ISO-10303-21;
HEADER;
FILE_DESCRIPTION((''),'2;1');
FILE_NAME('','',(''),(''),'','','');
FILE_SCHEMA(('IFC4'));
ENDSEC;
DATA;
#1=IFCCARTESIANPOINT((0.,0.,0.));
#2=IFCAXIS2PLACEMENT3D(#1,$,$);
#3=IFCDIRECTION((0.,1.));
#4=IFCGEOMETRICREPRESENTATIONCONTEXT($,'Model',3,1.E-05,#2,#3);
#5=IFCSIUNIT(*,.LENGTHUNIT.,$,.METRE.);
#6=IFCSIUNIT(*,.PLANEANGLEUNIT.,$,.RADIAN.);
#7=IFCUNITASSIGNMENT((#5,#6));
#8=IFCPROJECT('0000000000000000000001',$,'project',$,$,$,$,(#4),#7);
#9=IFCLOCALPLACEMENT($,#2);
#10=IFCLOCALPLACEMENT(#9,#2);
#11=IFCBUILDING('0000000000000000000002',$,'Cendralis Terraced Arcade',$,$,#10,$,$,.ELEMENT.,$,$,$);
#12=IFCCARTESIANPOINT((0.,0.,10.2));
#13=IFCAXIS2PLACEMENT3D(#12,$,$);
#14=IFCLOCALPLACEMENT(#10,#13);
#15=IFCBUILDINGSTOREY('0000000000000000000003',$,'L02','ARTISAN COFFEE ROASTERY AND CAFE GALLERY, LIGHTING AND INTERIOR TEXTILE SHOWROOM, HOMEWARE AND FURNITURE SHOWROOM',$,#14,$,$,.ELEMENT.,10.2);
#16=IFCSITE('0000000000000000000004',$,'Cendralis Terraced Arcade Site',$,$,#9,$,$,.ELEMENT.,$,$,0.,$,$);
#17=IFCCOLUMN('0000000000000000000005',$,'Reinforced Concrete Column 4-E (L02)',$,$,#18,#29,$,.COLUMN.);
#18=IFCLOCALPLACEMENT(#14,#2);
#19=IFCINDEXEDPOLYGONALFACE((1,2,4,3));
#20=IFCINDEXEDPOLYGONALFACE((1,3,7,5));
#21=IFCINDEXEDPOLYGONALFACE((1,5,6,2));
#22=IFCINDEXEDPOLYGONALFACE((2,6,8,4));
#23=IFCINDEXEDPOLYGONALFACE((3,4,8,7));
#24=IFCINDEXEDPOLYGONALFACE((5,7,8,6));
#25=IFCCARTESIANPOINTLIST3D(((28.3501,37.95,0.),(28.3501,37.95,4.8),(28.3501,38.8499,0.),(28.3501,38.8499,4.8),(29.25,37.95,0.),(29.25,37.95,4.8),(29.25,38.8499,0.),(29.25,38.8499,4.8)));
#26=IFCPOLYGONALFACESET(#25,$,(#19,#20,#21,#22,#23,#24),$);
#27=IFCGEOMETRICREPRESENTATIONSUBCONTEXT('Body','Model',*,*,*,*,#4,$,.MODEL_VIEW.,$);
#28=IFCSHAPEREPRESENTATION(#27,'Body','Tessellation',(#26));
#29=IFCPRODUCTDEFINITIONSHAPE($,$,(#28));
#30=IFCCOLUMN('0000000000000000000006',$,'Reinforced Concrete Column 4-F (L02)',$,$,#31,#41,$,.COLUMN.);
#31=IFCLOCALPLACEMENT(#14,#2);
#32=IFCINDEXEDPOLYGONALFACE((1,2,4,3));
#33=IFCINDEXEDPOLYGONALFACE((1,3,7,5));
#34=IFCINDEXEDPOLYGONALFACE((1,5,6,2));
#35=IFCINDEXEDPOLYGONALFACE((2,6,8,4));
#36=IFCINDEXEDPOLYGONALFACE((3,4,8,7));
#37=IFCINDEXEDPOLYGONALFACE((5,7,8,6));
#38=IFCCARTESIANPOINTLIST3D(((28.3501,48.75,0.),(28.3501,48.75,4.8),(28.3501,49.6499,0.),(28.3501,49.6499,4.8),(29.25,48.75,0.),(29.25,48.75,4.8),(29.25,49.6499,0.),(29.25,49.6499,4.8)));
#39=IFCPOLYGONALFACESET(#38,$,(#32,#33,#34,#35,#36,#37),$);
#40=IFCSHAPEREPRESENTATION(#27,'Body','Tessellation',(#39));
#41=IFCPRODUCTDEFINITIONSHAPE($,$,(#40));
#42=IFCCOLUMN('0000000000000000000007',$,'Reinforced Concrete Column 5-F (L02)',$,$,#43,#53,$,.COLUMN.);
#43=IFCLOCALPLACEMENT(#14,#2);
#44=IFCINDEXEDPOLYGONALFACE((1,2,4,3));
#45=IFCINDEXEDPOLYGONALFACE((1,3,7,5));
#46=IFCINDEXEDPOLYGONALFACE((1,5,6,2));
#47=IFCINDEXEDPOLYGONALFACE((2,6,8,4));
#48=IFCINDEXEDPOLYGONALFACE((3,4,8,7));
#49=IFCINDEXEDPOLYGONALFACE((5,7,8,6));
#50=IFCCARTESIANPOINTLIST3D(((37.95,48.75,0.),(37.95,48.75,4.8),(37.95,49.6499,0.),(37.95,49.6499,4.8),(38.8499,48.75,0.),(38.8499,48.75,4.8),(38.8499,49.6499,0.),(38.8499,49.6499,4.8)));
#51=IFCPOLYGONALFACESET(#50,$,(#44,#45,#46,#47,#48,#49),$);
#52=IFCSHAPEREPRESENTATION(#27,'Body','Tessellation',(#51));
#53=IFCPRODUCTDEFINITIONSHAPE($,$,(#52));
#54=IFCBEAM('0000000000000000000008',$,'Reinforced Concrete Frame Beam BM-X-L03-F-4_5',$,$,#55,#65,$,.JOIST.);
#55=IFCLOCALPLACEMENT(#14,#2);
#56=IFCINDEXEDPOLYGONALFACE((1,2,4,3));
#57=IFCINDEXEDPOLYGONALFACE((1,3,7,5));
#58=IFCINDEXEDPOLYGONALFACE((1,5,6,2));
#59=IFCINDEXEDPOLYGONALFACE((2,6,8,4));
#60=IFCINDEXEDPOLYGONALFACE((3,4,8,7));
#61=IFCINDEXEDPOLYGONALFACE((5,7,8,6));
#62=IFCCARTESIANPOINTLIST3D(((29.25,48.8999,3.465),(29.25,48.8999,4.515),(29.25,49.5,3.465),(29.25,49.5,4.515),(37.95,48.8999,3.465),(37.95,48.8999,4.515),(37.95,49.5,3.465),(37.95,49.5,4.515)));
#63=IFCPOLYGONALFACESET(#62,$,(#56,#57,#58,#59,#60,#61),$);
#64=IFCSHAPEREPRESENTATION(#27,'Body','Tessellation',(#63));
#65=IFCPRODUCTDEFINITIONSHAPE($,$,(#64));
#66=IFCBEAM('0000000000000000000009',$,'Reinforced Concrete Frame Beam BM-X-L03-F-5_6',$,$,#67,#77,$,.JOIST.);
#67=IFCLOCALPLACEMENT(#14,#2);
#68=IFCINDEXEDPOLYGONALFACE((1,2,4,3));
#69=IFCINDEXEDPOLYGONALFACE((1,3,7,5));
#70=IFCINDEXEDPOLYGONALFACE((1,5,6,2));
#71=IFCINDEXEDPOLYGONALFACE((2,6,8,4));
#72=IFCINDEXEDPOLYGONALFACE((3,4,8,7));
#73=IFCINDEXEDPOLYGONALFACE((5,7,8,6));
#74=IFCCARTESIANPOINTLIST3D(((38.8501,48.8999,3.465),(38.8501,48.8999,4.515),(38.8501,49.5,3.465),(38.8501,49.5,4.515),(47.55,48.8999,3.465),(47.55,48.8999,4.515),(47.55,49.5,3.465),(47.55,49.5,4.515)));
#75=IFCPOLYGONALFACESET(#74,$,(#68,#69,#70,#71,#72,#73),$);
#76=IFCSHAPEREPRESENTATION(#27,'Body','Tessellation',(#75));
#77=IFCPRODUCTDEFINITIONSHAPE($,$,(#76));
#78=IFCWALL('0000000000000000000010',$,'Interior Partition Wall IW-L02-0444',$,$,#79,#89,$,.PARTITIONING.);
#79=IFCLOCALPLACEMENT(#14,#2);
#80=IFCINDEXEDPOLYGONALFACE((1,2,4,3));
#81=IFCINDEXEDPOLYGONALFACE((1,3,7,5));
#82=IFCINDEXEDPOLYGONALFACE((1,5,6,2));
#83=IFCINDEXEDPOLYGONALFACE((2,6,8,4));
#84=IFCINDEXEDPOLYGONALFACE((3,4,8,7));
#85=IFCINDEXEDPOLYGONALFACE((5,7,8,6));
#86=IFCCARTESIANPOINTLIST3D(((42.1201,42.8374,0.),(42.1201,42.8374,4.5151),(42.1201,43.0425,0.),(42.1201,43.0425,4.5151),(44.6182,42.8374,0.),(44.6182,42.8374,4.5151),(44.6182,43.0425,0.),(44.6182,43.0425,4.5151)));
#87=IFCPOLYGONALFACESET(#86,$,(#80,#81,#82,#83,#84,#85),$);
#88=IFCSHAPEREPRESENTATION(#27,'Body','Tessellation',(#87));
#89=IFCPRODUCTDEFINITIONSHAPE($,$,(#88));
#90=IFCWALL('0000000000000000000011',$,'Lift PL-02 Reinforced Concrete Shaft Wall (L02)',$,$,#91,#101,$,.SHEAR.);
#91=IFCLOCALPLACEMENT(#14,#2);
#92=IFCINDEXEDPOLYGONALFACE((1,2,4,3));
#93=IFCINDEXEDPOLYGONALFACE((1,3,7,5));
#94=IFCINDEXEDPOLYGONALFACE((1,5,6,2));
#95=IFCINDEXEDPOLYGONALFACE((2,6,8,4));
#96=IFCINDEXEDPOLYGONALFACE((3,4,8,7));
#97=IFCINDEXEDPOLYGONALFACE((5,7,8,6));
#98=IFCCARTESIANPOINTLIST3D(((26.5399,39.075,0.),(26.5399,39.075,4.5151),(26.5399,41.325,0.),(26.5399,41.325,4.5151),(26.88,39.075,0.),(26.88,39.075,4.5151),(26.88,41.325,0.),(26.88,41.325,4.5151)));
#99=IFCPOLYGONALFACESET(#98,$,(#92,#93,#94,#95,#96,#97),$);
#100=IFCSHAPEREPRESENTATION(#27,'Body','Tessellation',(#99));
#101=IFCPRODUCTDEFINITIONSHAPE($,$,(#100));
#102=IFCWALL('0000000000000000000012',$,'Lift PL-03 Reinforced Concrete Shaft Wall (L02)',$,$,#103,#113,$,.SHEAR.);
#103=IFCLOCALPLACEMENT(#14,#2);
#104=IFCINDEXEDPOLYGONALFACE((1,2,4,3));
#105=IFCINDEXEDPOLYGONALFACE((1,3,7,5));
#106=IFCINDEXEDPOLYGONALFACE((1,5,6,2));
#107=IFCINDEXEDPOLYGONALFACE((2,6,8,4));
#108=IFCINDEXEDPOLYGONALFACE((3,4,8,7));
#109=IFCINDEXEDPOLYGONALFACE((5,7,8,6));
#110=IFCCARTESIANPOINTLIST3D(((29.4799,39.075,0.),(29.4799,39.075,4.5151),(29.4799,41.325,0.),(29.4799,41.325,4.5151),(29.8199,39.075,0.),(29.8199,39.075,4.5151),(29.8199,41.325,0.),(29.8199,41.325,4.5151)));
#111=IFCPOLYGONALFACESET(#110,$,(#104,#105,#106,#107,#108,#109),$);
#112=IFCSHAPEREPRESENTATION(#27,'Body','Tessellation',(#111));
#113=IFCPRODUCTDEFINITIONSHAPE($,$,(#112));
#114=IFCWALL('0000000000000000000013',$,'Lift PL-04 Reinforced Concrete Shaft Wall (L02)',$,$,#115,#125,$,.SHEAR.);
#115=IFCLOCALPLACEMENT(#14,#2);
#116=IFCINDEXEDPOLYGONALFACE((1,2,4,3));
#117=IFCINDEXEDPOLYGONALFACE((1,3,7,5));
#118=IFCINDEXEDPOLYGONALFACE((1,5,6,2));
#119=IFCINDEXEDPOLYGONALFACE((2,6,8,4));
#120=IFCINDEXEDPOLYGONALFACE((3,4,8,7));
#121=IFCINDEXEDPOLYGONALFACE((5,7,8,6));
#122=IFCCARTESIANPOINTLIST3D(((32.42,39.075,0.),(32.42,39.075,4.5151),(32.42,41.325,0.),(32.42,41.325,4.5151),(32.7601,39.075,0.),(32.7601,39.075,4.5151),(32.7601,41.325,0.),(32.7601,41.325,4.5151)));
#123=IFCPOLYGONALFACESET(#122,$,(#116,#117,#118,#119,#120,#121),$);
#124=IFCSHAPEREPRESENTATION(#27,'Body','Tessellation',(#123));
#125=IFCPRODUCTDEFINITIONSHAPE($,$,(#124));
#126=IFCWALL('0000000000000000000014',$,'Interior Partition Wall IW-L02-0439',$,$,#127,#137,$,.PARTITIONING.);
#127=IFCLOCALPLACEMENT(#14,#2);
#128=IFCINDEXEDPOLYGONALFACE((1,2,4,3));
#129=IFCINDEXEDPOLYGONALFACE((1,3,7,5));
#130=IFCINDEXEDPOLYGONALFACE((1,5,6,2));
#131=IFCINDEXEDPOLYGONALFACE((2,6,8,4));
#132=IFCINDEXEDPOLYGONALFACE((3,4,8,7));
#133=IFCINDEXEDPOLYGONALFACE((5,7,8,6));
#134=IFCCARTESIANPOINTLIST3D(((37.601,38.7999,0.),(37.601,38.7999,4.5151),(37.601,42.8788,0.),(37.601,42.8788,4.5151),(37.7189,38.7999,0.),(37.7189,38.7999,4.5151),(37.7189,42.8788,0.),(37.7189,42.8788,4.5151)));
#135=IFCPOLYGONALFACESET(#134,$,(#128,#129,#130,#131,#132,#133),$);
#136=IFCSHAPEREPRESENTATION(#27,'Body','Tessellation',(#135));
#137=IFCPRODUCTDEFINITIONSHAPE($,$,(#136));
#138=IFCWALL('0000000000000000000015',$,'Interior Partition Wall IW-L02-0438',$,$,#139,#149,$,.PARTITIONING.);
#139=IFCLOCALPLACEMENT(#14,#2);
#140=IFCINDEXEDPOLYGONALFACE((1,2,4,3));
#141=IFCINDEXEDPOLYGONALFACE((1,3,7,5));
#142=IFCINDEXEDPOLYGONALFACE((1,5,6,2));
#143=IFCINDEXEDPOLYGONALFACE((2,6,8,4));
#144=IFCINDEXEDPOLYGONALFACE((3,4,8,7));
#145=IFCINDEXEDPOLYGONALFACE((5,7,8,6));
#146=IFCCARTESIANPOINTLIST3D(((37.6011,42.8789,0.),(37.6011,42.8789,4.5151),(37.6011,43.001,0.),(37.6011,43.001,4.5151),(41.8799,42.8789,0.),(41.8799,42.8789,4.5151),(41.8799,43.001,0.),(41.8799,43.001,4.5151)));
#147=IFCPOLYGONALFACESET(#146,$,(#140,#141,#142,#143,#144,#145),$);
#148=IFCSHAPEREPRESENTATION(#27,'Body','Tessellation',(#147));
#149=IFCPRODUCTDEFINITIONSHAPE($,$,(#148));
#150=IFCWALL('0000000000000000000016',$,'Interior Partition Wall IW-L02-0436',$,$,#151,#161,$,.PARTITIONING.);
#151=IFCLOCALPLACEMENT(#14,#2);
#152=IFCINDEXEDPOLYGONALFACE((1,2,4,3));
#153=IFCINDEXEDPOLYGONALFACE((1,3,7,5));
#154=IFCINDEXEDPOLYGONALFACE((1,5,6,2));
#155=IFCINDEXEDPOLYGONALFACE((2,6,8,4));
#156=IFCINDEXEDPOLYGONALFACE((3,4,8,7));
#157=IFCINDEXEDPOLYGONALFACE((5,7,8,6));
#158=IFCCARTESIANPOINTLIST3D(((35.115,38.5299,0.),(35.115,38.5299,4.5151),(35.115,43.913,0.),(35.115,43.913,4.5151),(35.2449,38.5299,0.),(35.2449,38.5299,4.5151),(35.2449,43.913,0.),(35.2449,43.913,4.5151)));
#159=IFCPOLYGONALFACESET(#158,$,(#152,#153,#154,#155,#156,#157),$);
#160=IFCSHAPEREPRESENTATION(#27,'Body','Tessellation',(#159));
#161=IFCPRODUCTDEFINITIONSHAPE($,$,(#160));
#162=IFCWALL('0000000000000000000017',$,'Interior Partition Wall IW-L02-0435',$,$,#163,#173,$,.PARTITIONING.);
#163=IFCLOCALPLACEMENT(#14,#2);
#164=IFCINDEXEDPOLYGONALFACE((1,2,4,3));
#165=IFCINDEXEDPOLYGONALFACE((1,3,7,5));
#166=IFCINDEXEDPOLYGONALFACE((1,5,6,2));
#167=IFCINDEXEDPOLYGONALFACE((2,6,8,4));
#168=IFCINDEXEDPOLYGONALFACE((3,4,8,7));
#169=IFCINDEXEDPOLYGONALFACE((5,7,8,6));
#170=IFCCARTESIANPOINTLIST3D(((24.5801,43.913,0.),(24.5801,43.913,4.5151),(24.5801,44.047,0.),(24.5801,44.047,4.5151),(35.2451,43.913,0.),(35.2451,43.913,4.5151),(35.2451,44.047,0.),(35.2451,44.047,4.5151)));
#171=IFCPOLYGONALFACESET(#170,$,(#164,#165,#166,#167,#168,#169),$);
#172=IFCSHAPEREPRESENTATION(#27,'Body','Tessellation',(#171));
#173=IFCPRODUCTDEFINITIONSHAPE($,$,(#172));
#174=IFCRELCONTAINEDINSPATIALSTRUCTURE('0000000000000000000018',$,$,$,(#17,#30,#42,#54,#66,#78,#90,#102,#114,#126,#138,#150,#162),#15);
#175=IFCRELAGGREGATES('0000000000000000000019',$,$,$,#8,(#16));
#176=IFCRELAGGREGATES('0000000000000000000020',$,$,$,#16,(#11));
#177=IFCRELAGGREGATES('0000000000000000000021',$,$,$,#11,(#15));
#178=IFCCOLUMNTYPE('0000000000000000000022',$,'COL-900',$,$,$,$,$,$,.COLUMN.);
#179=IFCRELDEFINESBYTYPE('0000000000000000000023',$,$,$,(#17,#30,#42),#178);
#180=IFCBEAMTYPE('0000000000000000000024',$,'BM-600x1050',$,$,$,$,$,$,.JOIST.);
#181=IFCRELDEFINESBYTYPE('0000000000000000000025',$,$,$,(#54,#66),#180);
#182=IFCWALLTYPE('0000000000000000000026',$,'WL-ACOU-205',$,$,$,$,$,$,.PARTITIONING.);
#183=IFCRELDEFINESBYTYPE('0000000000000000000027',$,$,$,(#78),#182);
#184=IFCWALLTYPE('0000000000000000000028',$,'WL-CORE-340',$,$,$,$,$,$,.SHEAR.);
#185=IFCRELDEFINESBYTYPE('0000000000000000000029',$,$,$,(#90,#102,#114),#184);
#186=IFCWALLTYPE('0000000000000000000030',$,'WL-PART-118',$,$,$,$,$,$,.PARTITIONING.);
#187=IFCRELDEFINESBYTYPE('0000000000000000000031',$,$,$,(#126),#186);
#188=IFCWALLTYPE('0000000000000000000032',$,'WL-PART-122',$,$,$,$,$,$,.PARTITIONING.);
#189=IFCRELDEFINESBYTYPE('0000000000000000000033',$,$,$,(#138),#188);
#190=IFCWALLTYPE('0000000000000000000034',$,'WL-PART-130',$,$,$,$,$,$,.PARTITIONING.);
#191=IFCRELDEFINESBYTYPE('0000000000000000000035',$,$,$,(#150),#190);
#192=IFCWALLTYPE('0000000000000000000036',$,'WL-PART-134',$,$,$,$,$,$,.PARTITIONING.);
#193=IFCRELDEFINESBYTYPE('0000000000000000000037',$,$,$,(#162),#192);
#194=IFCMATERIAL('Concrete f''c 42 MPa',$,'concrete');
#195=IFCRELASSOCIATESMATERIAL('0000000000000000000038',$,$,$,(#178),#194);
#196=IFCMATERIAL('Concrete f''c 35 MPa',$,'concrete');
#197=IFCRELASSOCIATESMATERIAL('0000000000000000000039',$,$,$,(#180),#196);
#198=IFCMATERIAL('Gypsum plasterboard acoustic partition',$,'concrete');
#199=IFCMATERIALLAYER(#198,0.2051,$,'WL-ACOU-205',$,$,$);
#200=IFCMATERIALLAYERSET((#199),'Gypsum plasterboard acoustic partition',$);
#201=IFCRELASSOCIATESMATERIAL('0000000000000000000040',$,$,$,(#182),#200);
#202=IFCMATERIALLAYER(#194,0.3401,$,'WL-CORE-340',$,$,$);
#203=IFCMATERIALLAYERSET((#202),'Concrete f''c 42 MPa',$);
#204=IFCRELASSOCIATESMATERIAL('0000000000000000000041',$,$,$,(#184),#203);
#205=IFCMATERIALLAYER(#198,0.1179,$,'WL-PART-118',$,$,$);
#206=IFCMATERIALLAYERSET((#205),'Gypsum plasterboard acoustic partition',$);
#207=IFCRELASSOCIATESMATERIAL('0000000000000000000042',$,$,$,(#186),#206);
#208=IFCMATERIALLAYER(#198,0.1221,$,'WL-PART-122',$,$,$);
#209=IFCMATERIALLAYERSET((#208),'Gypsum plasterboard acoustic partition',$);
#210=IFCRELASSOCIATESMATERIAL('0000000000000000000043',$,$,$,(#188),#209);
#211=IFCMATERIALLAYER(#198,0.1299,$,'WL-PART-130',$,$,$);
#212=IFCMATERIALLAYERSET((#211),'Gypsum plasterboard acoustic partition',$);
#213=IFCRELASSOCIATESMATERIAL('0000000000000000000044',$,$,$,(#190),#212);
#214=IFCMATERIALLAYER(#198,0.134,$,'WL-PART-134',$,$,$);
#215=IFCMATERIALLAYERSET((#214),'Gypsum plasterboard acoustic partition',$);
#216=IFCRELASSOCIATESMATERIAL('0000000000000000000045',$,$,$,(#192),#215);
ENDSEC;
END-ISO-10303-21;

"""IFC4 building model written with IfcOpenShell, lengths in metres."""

from ifc_helpers import new_model, si_unit, direction, frame, frame_2d, origin, origin_2d, place, context, subcontext, project, spatial, rectangle, extrude, material, layer, layer_set, material_profile, profile_set, type_object, element, save


model = new_model("IFC4")

# Units and contexts
model_context = context("Model", 3, precision=1e-05, world=origin(), true_north=direction((0.0, 1.0)))
body_context = subcontext(model_context, "Body", "Model", "MODEL_VIEW")
ifc_project = project(units=[si_unit("LENGTHUNIT", "METRE"), si_unit("PLANEANGLEUNIT", "RADIAN")], contexts=[model_context])

# Site, building, storey
site_placement = place(None, origin())
site = spatial("IfcSite", under=ifc_project, at=site_placement, Name="Cendralis Terraced Arcade Site", CompositionType="ELEMENT", RefElevation=0.0)
building_placement = place(site_placement, origin())
building = spatial("IfcBuilding", under=site, at=building_placement, Name="Cendralis Terraced Arcade", CompositionType="ELEMENT")
storey_placement = place(building_placement, frame((0.0, 0.0, 10.2)))
storey = spatial("IfcBuildingStorey", under=building, at=storey_placement, Name="L02", Description="ARTISAN COFFEE ROASTERY AND CAFE GALLERY, LIGHTING AND INTERIOR TEXTILE SHOWROOM, HOMEWARE AND FURNITURE SHOWROOM", CompositionType="ELEMENT", Elevation=10.2)

# Columns
ifc_material_1 = material(Name="Concrete f'c 42 MPa", Category="concrete")
ifc_material_profile_1 = material_profile(ifc_material_1, rectangle(XDim=0.8999, YDim=0.8999, at=origin_2d()), Name="RC-COL-900x900", Category="LoadBearing")
ifc_profile_set_1 = profile_set([ifc_material_profile_1], Name="Concrete f'c 42 MPa")
column_type = type_object("IfcColumnType", Name="COL-900", PredefinedType="COLUMN", material=ifc_profile_set_1)
for number, where, z_axis, x_axis, name in (
    (1, (28.8, 38.3999, 0.0), (0.0, 0.0, 1.0), (1.0, 0.0, 0.0), "Reinforced Concrete Column 4-E (L02)"),
    (2, (28.8, 49.2, 0.0), (0.0, 0.0, 1.0), (1.0, 0.0, 0.0), "Reinforced Concrete Column 4-F (L02)"),
    (3, (38.3999, 49.2, 0.0), (0.0, 0.0, 1.0), (1.0, 0.0, 0.0), "Reinforced Concrete Column 5-F (L02)"),
):
    element("IfcColumn", number, at=place(storey_placement, frame(where, z_axis=z_axis, x_axis=x_axis)), inside=storey, type_object=column_type, Name=name, PredefinedType="COLUMN", context=body_context, shape_type="SweptSolid", body=[
        extrude(rectangle(XDim=0.8999, YDim=0.8999, at=origin_2d()), origin(), (0.0, 0.0, 1.0), 4.8),
    ])

# Beams
ifc_material_2 = material(Name="Concrete f'c 35 MPa", Category="concrete")
ifc_material_profile_2 = material_profile(ifc_material_2, rectangle(XDim=0.6001, YDim=1.05, at=origin_2d()), Name="RC-BM-600x1050", Category="LoadBearing")
ifc_profile_set_2 = profile_set([ifc_material_profile_2], Name="Concrete f'c 35 MPa")
beam_type = type_object("IfcBeamType", Name="BM-600x1050", PredefinedType="JOIST", material=ifc_profile_set_2)
for number, where, z_axis, x_axis, name in (
    (4, (29.25, 49.2, 3.99), (1.0, 0.0, 0.0), (0.0, 1.0, 0.0), "Reinforced Concrete Frame Beam BM-X-L03-F-4_5"),
    (5, (38.8501, 49.2, 3.99), (1.0, 0.0, 0.0), (0.0, 1.0, 0.0), "Reinforced Concrete Frame Beam BM-X-L03-F-5_6"),
):
    element("IfcBeam", number, at=place(storey_placement, frame(where, z_axis=z_axis, x_axis=x_axis)), inside=storey, type_object=beam_type, Name=name, PredefinedType="JOIST", context=body_context, shape_type="SweptSolid", body=[
        extrude(rectangle(XDim=0.6001, YDim=1.05, at=origin_2d()), origin(), (0.0, 0.0, 1.0), 8.7),
    ])

# Walls
ifc_material_3 = material(Name="Gypsum plasterboard acoustic partition", Category="concrete")
ifc_layer_1 = layer(ifc_material_3, 0.2051, Name="WL-ACOU-205")
ifc_layer_set_1 = layer_set([ifc_layer_1], Name="Gypsum plasterboard acoustic partition")
wall_type_1 = type_object("IfcWallType", Name="WL-ACOU-205", PredefinedType="PARTITIONING", material=ifc_layer_set_1)
wall_1_placement = place(storey_placement, frame((44.6182, 42.9399, 0.0), z_axis=(0.0, 0.0, 1.0), x_axis=(-1.0, 0.0, 0.0)))
element("IfcWall", 6, at=wall_1_placement, inside=storey, type_object=wall_type_1, Name="Interior Partition Wall IW-L02-0444", PredefinedType="PARTITIONING", context=body_context, shape_type="SweptSolid", body=[
    extrude(rectangle(XDim=2.498, YDim=0.2051, at=frame_2d((1.249, 0.0))), origin(), (0.0, 0.0, 1.0), 4.5151),
])
ifc_layer_2 = layer(ifc_material_1, 0.3401, Name="WL-CORE-340")
ifc_layer_set_2 = layer_set([ifc_layer_2], Name="Concrete f'c 42 MPa")
wall_type_2 = type_object("IfcWallType", Name="WL-CORE-340", PredefinedType="SHEAR", material=ifc_layer_set_2)
for number, where, z_axis, x_axis, name in (
    (7, (26.71, 39.075, 0.0), (0.0, 0.0, 1.0), (0.0, 1.0, 0.0), "Lift PL-02 Reinforced Concrete Shaft Wall (L02)"),
    (8, (29.6499, 39.075, 0.0), (0.0, 0.0, 1.0), (0.0, 1.0, 0.0), "Lift PL-03 Reinforced Concrete Shaft Wall (L02)"),
    (9, (32.5901, 39.075, 0.0), (0.0, 0.0, 1.0), (0.0, 1.0, 0.0), "Lift PL-04 Reinforced Concrete Shaft Wall (L02)"),
):
    element("IfcWall", number, at=place(storey_placement, frame(where, z_axis=z_axis, x_axis=x_axis)), inside=storey, type_object=wall_type_2, Name=name, PredefinedType="SHEAR", context=body_context, shape_type="SweptSolid", body=[
        extrude(rectangle(XDim=2.25, YDim=0.3401, at=frame_2d((1.125, 0.0))), origin(), (0.0, 0.0, 1.0), 4.5151),
    ])
ifc_layer_3 = layer(ifc_material_3, 0.1179, Name="WL-PART-118")
ifc_layer_set_3 = layer_set([ifc_layer_3], Name="Gypsum plasterboard acoustic partition")
wall_type_3 = type_object("IfcWallType", Name="WL-PART-118", PredefinedType="PARTITIONING", material=ifc_layer_set_3)
wall_2_placement = place(storey_placement, frame((37.6599, 42.8789, 0.0), z_axis=(0.0, 0.0, 1.0), x_axis=(0.0, -1.0, 0.0)))
element("IfcWall", 10, at=wall_2_placement, inside=storey, type_object=wall_type_3, Name="Interior Partition Wall IW-L02-0439", PredefinedType="PARTITIONING", context=body_context, shape_type="SweptSolid", body=[
    extrude(rectangle(XDim=4.0789, YDim=0.1179, at=frame_2d((2.0396, 0.0))), origin(), (0.0, 0.0, 1.0), 4.5151),
])
ifc_layer_4 = layer(ifc_material_3, 0.1221, Name="WL-PART-122")
ifc_layer_set_4 = layer_set([ifc_layer_4], Name="Gypsum plasterboard acoustic partition")
wall_type_4 = type_object("IfcWallType", Name="WL-PART-122", PredefinedType="PARTITIONING", material=ifc_layer_set_4)
wall_3_placement = place(storey_placement, frame((41.8799, 42.9399, 0.0), z_axis=(0.0, 0.0, 1.0), x_axis=(-1.0, 0.0, 0.0)))
element("IfcWall", 11, at=wall_3_placement, inside=storey, type_object=wall_type_4, Name="Interior Partition Wall IW-L02-0438", PredefinedType="PARTITIONING", context=body_context, shape_type="SweptSolid", body=[
    extrude(rectangle(XDim=4.2788, YDim=0.1221, at=frame_2d((2.1394, 0.0))), origin(), (0.0, 0.0, 1.0), 4.5151),
])
ifc_layer_5 = layer(ifc_material_3, 0.1299, Name="WL-PART-130")
ifc_layer_set_5 = layer_set([ifc_layer_5], Name="Gypsum plasterboard acoustic partition")
wall_type_5 = type_object("IfcWallType", Name="WL-PART-130", PredefinedType="PARTITIONING", material=ifc_layer_set_5)
wall_4_placement = place(storey_placement, frame((35.1799, 38.53, 0.0), z_axis=(0.0, 0.0, 1.0), x_axis=(0.0, 1.0, 0.0)))
element("IfcWall", 12, at=wall_4_placement, inside=storey, type_object=wall_type_5, Name="Interior Partition Wall IW-L02-0436", PredefinedType="PARTITIONING", context=body_context, shape_type="SweptSolid", body=[
    extrude(rectangle(XDim=5.3831, YDim=0.1299, at=frame_2d((2.6914, 0.0))), origin(), (0.0, 0.0, 1.0), 4.5151),
])
ifc_layer_6 = layer(ifc_material_3, 0.134, Name="WL-PART-134")
ifc_layer_set_6 = layer_set([ifc_layer_6], Name="Gypsum plasterboard acoustic partition")
wall_type_6 = type_object("IfcWallType", Name="WL-PART-134", PredefinedType="PARTITIONING", material=ifc_layer_set_6)
wall_5_placement = place(storey_placement, frame((35.2451, 43.98, 0.0), z_axis=(0.0, 0.0, 1.0), x_axis=(-1.0, 0.0, 0.0)))
element("IfcWall", 13, at=wall_5_placement, inside=storey, type_object=wall_type_6, Name="Interior Partition Wall IW-L02-0435", PredefinedType="PARTITIONING", context=body_context, shape_type="SweptSolid", body=[
    extrude(rectangle(XDim=10.665, YDim=0.134, at=frame_2d((5.3325, 0.0))), origin(), (0.0, 0.0, 1.0), 4.5151),
])

save(model, "model.ifc")
